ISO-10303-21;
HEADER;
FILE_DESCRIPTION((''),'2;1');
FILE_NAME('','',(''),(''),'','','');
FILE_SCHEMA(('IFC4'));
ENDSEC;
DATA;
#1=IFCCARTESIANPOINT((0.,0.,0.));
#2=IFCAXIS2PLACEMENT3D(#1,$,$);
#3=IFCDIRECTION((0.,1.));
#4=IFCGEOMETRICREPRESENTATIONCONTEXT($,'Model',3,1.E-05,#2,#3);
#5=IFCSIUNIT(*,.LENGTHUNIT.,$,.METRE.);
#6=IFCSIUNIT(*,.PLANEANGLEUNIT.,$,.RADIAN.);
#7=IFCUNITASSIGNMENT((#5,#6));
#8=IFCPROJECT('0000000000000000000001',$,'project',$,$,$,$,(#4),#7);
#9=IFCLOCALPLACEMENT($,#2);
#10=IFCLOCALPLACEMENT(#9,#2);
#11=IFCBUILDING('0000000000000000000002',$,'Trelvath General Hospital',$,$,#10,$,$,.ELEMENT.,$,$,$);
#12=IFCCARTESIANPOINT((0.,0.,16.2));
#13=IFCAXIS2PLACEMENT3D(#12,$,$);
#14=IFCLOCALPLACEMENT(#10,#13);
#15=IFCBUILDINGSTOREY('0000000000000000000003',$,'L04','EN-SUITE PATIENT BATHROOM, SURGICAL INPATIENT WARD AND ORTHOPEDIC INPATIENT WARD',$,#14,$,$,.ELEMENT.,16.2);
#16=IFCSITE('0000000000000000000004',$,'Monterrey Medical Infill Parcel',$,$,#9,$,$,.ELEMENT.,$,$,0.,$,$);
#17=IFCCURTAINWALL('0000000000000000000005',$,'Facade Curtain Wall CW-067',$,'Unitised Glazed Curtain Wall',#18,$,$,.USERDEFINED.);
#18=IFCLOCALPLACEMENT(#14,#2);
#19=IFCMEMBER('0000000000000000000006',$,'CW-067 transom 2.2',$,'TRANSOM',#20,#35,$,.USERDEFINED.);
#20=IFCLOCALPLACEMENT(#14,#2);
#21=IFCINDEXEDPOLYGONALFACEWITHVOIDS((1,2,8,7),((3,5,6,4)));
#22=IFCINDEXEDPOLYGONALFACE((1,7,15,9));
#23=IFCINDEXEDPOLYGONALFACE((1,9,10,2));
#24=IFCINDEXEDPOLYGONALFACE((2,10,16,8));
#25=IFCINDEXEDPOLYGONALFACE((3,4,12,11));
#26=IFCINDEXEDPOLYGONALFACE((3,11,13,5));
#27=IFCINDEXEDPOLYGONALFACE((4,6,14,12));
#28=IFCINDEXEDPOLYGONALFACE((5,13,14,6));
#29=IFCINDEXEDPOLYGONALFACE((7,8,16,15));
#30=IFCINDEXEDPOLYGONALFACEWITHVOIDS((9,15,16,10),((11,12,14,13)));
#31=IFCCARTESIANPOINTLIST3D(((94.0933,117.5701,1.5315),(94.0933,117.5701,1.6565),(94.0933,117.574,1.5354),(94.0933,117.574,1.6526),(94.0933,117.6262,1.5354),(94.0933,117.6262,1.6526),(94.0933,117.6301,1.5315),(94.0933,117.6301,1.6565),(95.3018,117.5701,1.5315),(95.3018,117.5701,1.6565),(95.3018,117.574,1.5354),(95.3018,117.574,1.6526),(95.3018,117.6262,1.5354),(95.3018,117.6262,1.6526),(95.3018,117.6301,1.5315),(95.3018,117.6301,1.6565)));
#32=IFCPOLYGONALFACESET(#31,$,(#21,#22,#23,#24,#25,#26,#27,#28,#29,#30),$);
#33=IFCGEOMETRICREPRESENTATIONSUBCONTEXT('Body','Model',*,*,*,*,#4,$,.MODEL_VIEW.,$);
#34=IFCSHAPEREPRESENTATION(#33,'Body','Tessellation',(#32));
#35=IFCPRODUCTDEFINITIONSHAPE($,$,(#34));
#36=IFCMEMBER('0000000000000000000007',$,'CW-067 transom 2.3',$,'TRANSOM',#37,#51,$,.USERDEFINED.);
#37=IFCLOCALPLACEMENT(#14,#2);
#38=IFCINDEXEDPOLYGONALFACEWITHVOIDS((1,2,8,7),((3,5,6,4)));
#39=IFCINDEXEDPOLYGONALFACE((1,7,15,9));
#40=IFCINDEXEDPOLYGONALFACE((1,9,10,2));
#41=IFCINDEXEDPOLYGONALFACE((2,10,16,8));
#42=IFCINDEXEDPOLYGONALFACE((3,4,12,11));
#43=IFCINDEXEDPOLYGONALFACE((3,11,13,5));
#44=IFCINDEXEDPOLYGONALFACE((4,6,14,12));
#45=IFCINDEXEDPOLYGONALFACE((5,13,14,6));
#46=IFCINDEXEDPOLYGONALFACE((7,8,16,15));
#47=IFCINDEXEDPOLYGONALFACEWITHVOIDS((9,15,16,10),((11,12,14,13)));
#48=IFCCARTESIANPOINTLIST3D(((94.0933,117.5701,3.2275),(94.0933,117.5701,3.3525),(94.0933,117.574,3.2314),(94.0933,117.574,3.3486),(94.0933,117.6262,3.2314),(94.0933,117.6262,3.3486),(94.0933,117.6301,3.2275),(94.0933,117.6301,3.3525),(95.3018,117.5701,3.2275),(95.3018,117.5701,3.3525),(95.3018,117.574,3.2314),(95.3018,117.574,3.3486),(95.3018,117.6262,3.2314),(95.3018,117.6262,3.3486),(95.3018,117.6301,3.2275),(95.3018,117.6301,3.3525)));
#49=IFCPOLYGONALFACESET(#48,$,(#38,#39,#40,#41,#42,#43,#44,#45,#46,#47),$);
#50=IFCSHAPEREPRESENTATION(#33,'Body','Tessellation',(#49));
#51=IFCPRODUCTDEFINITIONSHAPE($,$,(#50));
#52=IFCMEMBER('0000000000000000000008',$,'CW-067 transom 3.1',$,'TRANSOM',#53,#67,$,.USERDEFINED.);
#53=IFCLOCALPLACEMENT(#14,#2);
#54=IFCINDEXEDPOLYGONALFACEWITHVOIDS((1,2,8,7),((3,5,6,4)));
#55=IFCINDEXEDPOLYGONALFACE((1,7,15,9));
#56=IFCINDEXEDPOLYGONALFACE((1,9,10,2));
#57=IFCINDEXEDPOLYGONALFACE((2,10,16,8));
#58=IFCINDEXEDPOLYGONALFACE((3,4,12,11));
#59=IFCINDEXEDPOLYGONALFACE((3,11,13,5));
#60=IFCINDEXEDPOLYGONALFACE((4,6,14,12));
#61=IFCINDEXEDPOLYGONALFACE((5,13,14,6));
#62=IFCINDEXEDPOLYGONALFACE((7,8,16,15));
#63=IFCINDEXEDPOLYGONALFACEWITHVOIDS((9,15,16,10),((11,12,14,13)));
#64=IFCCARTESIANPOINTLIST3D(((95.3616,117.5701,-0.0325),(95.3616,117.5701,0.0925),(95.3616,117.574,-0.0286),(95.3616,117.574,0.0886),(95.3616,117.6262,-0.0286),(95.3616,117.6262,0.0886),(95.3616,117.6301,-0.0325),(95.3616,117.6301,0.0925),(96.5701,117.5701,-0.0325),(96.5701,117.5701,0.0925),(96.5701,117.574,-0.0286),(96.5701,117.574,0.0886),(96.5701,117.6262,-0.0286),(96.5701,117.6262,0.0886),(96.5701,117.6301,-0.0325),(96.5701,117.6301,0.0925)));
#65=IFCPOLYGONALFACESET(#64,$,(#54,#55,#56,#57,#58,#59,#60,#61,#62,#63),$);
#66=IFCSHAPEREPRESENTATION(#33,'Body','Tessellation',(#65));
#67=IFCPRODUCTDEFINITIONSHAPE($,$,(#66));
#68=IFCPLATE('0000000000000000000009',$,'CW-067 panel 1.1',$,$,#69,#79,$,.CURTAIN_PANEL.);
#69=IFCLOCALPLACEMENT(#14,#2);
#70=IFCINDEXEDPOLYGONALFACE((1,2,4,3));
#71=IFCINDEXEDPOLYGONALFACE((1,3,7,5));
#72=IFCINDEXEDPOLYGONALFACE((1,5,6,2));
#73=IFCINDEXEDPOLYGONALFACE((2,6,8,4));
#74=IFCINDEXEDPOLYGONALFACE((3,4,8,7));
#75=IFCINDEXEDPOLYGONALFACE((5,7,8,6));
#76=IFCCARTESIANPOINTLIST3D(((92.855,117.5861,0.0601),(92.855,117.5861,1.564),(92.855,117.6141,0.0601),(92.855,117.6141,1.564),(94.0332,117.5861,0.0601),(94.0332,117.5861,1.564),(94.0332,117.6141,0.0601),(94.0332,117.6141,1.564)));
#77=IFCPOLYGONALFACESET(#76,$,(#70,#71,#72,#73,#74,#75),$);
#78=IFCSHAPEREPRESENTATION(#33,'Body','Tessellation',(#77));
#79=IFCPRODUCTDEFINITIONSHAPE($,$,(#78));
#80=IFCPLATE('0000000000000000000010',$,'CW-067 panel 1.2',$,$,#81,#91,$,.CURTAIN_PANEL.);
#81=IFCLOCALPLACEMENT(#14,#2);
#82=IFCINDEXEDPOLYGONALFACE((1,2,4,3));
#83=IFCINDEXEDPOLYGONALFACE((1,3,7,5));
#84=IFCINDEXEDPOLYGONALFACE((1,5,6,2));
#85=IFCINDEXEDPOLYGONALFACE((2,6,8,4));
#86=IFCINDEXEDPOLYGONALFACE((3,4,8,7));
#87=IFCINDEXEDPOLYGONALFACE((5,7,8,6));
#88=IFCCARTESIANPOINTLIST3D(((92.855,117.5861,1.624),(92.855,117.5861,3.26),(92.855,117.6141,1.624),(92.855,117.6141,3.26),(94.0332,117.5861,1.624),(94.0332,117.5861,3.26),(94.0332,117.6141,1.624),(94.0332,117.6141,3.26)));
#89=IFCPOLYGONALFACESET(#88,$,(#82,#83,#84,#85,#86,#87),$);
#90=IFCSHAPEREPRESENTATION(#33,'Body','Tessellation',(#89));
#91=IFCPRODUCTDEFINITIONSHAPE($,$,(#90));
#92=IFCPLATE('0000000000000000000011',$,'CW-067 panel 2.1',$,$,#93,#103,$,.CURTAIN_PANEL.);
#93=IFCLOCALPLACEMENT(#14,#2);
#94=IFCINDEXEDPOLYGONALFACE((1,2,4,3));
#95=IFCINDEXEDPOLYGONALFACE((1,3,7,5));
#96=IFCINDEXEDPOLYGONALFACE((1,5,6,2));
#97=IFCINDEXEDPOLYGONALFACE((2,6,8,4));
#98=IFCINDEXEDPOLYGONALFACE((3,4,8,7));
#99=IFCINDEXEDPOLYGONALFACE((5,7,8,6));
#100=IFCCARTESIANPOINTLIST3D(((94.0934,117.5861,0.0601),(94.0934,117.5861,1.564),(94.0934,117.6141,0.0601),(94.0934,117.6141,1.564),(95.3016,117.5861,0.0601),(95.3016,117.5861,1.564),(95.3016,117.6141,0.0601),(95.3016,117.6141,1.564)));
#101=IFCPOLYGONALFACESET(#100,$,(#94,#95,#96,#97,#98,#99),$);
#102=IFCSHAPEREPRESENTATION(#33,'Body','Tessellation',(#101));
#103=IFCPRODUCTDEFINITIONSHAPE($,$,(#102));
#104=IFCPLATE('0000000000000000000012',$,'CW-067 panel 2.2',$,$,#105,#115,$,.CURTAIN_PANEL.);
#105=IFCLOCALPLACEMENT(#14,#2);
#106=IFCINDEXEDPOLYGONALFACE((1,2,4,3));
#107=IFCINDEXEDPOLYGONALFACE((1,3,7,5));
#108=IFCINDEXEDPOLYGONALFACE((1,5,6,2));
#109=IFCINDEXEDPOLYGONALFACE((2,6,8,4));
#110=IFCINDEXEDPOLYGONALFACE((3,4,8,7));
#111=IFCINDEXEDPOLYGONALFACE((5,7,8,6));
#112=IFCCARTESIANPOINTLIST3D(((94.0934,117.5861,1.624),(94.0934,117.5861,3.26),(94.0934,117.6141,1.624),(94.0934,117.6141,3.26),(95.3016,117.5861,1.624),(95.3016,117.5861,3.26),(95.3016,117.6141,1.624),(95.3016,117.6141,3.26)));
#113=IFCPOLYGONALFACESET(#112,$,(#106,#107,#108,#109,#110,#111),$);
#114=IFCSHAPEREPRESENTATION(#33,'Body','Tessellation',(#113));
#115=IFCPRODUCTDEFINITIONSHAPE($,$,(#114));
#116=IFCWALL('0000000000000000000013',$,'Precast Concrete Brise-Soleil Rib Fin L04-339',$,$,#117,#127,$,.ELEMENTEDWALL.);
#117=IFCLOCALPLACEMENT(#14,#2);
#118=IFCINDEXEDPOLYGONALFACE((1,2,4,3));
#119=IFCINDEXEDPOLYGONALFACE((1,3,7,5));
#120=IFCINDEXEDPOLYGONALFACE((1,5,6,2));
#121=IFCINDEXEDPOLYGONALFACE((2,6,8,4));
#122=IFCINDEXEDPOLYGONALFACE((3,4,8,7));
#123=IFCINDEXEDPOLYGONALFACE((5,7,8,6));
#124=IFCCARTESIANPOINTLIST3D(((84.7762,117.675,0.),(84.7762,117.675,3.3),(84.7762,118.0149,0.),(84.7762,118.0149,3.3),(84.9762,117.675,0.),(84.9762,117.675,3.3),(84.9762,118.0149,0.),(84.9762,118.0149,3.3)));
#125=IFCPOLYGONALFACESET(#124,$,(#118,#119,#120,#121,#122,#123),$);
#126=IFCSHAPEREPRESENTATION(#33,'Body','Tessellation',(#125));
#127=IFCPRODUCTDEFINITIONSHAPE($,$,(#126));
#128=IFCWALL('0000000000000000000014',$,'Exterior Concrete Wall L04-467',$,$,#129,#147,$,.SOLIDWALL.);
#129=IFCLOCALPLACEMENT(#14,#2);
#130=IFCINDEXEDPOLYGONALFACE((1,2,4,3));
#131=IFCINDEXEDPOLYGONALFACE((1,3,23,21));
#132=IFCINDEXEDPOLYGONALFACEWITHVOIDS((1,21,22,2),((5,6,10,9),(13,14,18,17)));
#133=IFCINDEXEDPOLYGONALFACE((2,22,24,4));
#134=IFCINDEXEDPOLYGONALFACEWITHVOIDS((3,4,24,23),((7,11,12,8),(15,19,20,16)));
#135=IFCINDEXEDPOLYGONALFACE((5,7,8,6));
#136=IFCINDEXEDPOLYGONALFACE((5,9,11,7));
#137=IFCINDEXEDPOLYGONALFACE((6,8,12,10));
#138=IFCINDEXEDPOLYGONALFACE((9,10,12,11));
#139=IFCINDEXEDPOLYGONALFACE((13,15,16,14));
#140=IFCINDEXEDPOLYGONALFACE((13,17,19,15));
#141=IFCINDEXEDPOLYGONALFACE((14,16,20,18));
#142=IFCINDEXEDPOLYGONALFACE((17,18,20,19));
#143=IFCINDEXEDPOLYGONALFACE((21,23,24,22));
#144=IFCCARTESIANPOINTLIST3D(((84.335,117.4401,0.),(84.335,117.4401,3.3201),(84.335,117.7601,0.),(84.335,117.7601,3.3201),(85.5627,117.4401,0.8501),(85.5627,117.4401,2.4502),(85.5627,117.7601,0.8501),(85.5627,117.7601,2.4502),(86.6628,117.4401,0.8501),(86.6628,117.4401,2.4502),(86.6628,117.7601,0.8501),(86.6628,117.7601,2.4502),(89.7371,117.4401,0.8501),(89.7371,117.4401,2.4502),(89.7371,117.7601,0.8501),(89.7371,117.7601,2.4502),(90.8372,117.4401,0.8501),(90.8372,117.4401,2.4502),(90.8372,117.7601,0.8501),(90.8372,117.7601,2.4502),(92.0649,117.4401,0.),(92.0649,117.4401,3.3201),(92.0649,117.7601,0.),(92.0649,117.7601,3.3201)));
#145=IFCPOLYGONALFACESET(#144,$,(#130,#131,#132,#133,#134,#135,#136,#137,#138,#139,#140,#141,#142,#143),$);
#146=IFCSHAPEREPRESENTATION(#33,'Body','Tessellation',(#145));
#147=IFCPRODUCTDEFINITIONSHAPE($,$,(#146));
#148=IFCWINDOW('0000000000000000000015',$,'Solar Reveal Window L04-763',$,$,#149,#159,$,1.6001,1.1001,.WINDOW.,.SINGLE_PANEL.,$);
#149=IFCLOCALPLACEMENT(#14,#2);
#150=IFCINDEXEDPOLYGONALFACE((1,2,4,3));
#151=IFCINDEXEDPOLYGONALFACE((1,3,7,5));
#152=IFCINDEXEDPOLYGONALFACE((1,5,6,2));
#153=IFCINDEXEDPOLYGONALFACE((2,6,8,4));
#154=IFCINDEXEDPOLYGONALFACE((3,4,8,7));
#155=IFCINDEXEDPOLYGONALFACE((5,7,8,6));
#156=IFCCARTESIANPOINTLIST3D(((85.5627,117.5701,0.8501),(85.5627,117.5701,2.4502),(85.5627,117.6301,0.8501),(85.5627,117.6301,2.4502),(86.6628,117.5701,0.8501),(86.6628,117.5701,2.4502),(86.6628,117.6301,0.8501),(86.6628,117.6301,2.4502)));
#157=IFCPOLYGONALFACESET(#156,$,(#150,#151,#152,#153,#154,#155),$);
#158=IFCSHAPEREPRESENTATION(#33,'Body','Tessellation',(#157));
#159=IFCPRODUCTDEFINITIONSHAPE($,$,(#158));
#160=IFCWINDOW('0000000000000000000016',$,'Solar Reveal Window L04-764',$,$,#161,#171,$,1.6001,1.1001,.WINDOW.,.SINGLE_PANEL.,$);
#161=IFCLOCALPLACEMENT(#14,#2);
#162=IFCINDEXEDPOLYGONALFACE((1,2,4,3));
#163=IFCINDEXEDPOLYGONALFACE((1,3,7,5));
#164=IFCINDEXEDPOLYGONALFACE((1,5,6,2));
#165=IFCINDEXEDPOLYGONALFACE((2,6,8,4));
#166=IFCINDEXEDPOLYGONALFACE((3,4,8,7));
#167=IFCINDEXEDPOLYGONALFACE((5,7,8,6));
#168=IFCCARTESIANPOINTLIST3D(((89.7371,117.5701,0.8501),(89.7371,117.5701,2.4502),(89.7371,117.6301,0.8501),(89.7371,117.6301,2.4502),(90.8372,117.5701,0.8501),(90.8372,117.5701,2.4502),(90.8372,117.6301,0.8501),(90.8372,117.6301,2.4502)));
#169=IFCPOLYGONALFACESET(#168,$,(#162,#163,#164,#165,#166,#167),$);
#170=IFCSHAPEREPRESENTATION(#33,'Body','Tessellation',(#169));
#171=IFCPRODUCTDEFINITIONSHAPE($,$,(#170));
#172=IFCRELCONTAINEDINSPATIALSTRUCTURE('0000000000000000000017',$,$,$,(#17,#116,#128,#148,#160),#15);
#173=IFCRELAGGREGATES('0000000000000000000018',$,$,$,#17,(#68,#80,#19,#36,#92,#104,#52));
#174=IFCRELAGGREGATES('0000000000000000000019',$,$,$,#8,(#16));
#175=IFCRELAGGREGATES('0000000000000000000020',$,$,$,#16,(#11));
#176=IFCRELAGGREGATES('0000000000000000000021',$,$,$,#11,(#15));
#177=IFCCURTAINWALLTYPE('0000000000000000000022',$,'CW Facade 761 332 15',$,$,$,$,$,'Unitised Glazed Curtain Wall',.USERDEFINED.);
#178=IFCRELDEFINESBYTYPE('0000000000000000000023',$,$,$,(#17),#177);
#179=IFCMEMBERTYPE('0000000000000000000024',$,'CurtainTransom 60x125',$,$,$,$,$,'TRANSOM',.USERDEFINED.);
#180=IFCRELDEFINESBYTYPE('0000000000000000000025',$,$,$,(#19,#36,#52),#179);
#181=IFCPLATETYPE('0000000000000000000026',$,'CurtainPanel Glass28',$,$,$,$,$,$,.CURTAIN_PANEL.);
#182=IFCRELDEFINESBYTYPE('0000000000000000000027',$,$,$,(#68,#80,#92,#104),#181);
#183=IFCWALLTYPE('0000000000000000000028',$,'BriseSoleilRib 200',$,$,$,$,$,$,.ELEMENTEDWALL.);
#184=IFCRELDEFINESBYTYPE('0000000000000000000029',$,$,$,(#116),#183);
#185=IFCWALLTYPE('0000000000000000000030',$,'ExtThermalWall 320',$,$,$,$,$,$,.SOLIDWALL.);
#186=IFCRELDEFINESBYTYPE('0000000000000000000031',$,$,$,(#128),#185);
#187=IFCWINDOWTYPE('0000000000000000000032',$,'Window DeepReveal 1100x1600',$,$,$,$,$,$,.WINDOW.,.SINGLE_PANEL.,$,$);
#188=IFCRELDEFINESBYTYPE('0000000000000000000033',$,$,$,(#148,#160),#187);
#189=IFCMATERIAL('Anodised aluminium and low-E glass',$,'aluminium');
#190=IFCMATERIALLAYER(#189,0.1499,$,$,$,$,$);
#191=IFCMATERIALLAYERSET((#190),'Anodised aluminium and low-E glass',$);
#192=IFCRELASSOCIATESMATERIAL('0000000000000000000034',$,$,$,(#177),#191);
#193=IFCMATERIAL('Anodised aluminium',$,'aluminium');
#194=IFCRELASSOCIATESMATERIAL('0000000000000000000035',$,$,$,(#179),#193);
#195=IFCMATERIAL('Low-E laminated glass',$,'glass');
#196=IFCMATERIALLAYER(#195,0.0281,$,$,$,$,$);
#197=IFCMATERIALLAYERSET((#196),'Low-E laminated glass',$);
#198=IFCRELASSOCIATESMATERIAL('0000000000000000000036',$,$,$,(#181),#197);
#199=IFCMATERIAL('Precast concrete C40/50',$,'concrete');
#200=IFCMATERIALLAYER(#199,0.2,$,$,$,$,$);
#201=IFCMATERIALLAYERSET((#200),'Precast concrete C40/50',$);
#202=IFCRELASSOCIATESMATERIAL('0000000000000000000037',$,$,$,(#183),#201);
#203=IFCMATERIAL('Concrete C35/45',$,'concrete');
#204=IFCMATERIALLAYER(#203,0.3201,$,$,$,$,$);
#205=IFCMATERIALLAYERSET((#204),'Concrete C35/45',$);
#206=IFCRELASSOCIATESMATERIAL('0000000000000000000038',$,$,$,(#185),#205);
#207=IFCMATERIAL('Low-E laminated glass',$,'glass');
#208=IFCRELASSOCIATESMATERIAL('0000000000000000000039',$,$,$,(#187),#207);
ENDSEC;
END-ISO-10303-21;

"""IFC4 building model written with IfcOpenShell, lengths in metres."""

from ifc_helpers import new_model, si_unit, direction, frame, frame_2d, origin, origin_2d, place, context, subcontext, project, spatial, rectangle, hollow_rectangle, extrude, material, layer, layer_set, material_profile, profile_set, type_object, element, fill, aggregate, save


model = new_model("IFC4")

# Units and contexts
model_context = context("Model", 3, precision=1e-05, world=origin(), true_north=direction((0.0, 1.0)))
body_context = subcontext(model_context, "Body", "Model", "MODEL_VIEW")
ifc_project = project(units=[si_unit("LENGTHUNIT", "METRE"), si_unit("PLANEANGLEUNIT", "RADIAN")], contexts=[model_context])

# Site, building, storey
site_placement = place(None, origin())
site = spatial("IfcSite", under=ifc_project, at=site_placement, Name="Monterrey Medical Infill Parcel", CompositionType="ELEMENT", RefElevation=0.0)
building_placement = place(site_placement, origin())
building = spatial("IfcBuilding", under=site, at=building_placement, Name="Trelvath General Hospital", CompositionType="ELEMENT")
storey_placement = place(building_placement, frame((0.0, 0.0, 16.2)))
storey = spatial("IfcBuildingStorey", under=building, at=storey_placement, Name="L04", Description="EN-SUITE PATIENT BATHROOM, SURGICAL INPATIENT WARD AND ORTHOPEDIC INPATIENT WARD", CompositionType="ELEMENT", Elevation=16.2)

# Curtain wall, members, plates
ifc_material_1 = material(Name="Anodised aluminium and low-E glass", Category="aluminium")
ifc_layer_1 = layer(ifc_material_1, 0.1499)
ifc_layer_set_1 = layer_set([ifc_layer_1], Name="Anodised aluminium and low-E glass")
curtain_wall_type = type_object("IfcCurtainWallType", Name="CW Facade 761 332 15", ElementType="Unitised Glazed Curtain Wall", PredefinedType="USERDEFINED", material=ifc_layer_set_1)
curtain_wall_placement = place(storey_placement, origin())
curtain_wall = element("IfcCurtainWall", 1, at=curtain_wall_placement, inside=storey, type_object=curtain_wall_type, Name="Facade Curtain Wall CW-067", ObjectType="Unitised Glazed Curtain Wall", PredefinedType="USERDEFINED")
ifc_material_2 = material(Name="Anodised aluminium", Category="aluminium")
ifc_material_profile_1 = material_profile(ifc_material_2, hollow_rectangle(XDim=0.0601, YDim=0.125, WallThickness=0.0039, at=origin_2d()), Name="RHS60x125x4")
ifc_profile_set_1 = profile_set([ifc_material_profile_1], Name="Anodised aluminium")
member_type_1 = type_object("IfcMemberType", Name="CurtainTransom 60x125", ElementType="TRANSOM", PredefinedType="USERDEFINED", material=ifc_profile_set_1)
member_1_placement = place(storey_placement, frame((94.0933, 117.6001, 1.594), z_axis=(1.0, 0.0, 0.0), x_axis=(0.0, 1.0, 0.0)))
member_1 = element("IfcMember", 2, at=member_1_placement, type_object=member_type_1, Name="CW-067 transom 2.2", ObjectType="TRANSOM", PredefinedType="USERDEFINED", context=body_context, shape_type="SweptSolid", body=[
    extrude(hollow_rectangle(XDim=0.0601, YDim=0.125, WallThickness=0.0039, at=origin_2d()), origin(), (0.0, 0.0, 1.0), 1.2085),
])
member_2_placement = place(storey_placement, frame((94.0933, 117.6001, 3.29), z_axis=(1.0, 0.0, 0.0), x_axis=(0.0, 1.0, 0.0)))
member_2 = element("IfcMember", 3, at=member_2_placement, type_object=member_type_1, Name="CW-067 transom 2.3", ObjectType="TRANSOM", PredefinedType="USERDEFINED", context=body_context, shape_type="SweptSolid", body=[
    extrude(hollow_rectangle(XDim=0.0601, YDim=0.125, WallThickness=0.0039, at=origin_2d()), origin(), (0.0, 0.0, 1.0), 1.2085),
])
member_3_placement = place(storey_placement, frame((95.3616, 117.6001, 0.03), z_axis=(1.0, 0.0, 0.0), x_axis=(0.0, 1.0, 0.0)))
member_3 = element("IfcMember", 4, at=member_3_placement, type_object=member_type_1, Name="CW-067 transom 3.1", ObjectType="TRANSOM", PredefinedType="USERDEFINED", context=body_context, shape_type="SweptSolid", body=[
    extrude(hollow_rectangle(XDim=0.0601, YDim=0.125, WallThickness=0.0039, at=origin_2d()), origin(), (0.0, 0.0, 1.0), 1.2085),
])
ifc_material_3 = material(Name="Low-E laminated glass", Category="glass")
ifc_layer_2 = layer(ifc_material_3, 0.0281)
ifc_layer_set_2 = layer_set([ifc_layer_2], Name="Low-E laminated glass")
plate_type = type_object("IfcPlateType", Name="CurtainPanel Glass28", PredefinedType="CURTAIN_PANEL", material=ifc_layer_set_2)
plate_1_placement = place(storey_placement, frame((93.4441, 117.6001, 0.0601), z_axis=(0.0, 0.0, 1.0), x_axis=(1.0, 0.0, 0.0)))
plate_1 = element("IfcPlate", 5, at=plate_1_placement, type_object=plate_type, Name="CW-067 panel 1.1", PredefinedType="CURTAIN_PANEL", context=body_context, shape_type="SweptSolid", body=[
    extrude(rectangle(XDim=1.1782, YDim=0.0281, at=origin_2d()), origin(), (0.0, 0.0, 1.0), 1.5039),
])
plate_2_placement = place(storey_placement, frame((93.4441, 117.6001, 1.624), z_axis=(0.0, 0.0, 1.0), x_axis=(1.0, 0.0, 0.0)))
plate_2 = element("IfcPlate", 6, at=plate_2_placement, type_object=plate_type, Name="CW-067 panel 1.2", PredefinedType="CURTAIN_PANEL", context=body_context, shape_type="SweptSolid", body=[
    extrude(rectangle(XDim=1.1782, YDim=0.0281, at=origin_2d()), origin(), (0.0, 0.0, 1.0), 1.636),
])
plate_3_placement = place(storey_placement, frame((94.6975, 117.6001, 0.0601), z_axis=(0.0, 0.0, 1.0), x_axis=(1.0, 0.0, 0.0)))
plate_3 = element("IfcPlate", 7, at=plate_3_placement, type_object=plate_type, Name="CW-067 panel 2.1", PredefinedType="CURTAIN_PANEL", context=body_context, shape_type="SweptSolid", body=[
    extrude(rectangle(XDim=1.2083, YDim=0.0281, at=origin_2d()), origin(), (0.0, 0.0, 1.0), 1.5039),
])
plate_4_placement = place(storey_placement, frame((94.6975, 117.6001, 1.624), z_axis=(0.0, 0.0, 1.0), x_axis=(1.0, 0.0, 0.0)))
plate_4 = element("IfcPlate", 8, at=plate_4_placement, type_object=plate_type, Name="CW-067 panel 2.2", PredefinedType="CURTAIN_PANEL", context=body_context, shape_type="SweptSolid", body=[
    extrude(rectangle(XDim=1.2083, YDim=0.0281, at=origin_2d()), origin(), (0.0, 0.0, 1.0), 1.636),
])
aggregate(curtain_wall, [plate_1, plate_2, member_1, member_2, plate_3, plate_4, member_3])

# Wall
ifc_material_4 = material(Name="Precast concrete C40/50", Category="concrete")
ifc_layer_3 = layer(ifc_material_4, 0.2)
ifc_layer_set_3 = layer_set([ifc_layer_3], Name="Precast concrete C40/50")
wall_type_1 = type_object("IfcWallType", Name="BriseSoleilRib 200", PredefinedType="ELEMENTEDWALL", material=ifc_layer_set_3)
wall_1_placement = place(storey_placement, frame((84.8762, 117.675, 0.0), z_axis=(0.0, 0.0, 1.0), x_axis=(0.0, 1.0, 0.0)))
element("IfcWall", 9, at=wall_1_placement, inside=storey, type_object=wall_type_1, Name="Precast Concrete Brise-Soleil Rib Fin L04-339", PredefinedType="ELEMENTEDWALL", context=body_context, shape_type="SweptSolid", body=[
    extrude(rectangle(XDim=0.3398, YDim=0.2, at=frame_2d((0.1699, 0.0))), origin(), (0.0, 0.0, 1.0), 3.3),
])

# Wall, openings, windows
ifc_material_5 = material(Name="Concrete C35/45", Category="concrete")
ifc_layer_4 = layer(ifc_material_5, 0.3201)
ifc_layer_set_4 = layer_set([ifc_layer_4], Name="Concrete C35/45")
wall_type_2 = type_object("IfcWallType", Name="ExtThermalWall 320", PredefinedType="SOLIDWALL", material=ifc_layer_set_4)
wall_2_placement = place(storey_placement, frame((84.335, 117.6001, 0.0), z_axis=(0.0, 0.0, 1.0), x_axis=(1.0, 0.0, 0.0)))
wall_2 = element("IfcWall", 10, at=wall_2_placement, inside=storey, type_object=wall_type_2, Name="Exterior Concrete Wall L04-467", PredefinedType="SOLIDWALL", context=body_context, shape_type="SweptSolid", body=[
    extrude(rectangle(XDim=7.73, YDim=0.3201, at=frame_2d((3.865, 0.0))), origin(), (0.0, 0.0, 1.0), 3.3201),
])
opening_1_placement = place(wall_2_placement, frame((1.2278, 0.0, 0.8501)))
opening_1 = element("IfcOpeningElement", 11, at=opening_1_placement, cuts=wall_2, PredefinedType="OPENING", context=body_context, shape_type="SweptSolid", body=[
    extrude(rectangle(XDim=1.1001, YDim=1.6001, at=frame_2d((0.55, 0.8))), frame((0.0, 0.1699, 0.0), z_axis=(0.0, -1.0, 0.0), x_axis=(1.0, 0.0, 0.0)), (0.0, 0.0, 1.0), 0.3401),
])
opening_2_placement = place(wall_2_placement, frame((5.4021, 0.0, 0.8501)))
opening_2 = element("IfcOpeningElement", 12, at=opening_2_placement, cuts=wall_2, PredefinedType="OPENING", context=body_context, shape_type="SweptSolid", body=[
    extrude(rectangle(XDim=1.1001, YDim=1.6001, at=frame_2d((0.55, 0.8))), frame((0.0, 0.1699, 0.0), z_axis=(0.0, -1.0, 0.0), x_axis=(1.0, 0.0, 0.0)), (0.0, 0.0, 1.0), 0.3401),
])
ifc_material_6 = material(Name="Low-E laminated glass", Category="glass")
window_type = type_object("IfcWindowType", Name="Window DeepReveal 1100x1600", PartitioningType="SINGLE_PANEL", PredefinedType="WINDOW", material=ifc_material_6)
window_1_placement = place(opening_1_placement, origin())
window_1 = element("IfcWindow", 13, at=window_1_placement, inside=storey, type_object=window_type, Name="Solar Reveal Window L04-763", OverallHeight=1.6001, OverallWidth=1.1001, PartitioningType="SINGLE_PANEL", PredefinedType="WINDOW", context=body_context, shape_type="SweptSolid", body=[
    extrude(rectangle(XDim=1.1001, YDim=1.6001, at=frame_2d((0.55, 0.8))), frame((0.0, 0.03, 0.0), z_axis=(0.0, -1.0, 0.0), x_axis=(1.0, 0.0, 0.0)), (0.0, 0.0, 1.0), 0.0601),
])
fill(opening_1, window_1)
window_2_placement = place(opening_2_placement, origin())
window_2 = element("IfcWindow", 14, at=window_2_placement, inside=storey, type_object=window_type, Name="Solar Reveal Window L04-764", OverallHeight=1.6001, OverallWidth=1.1001, PartitioningType="SINGLE_PANEL", PredefinedType="WINDOW", context=body_context, shape_type="SweptSolid", body=[
    extrude(rectangle(XDim=1.1001, YDim=1.6001, at=frame_2d((0.55, 0.8))), frame((0.0, 0.03, 0.0), z_axis=(0.0, -1.0, 0.0), x_axis=(1.0, 0.0, 0.0)), (0.0, 0.0, 1.0), 0.0601),
])
fill(opening_2, window_2)

save(model, "model.ifc")
